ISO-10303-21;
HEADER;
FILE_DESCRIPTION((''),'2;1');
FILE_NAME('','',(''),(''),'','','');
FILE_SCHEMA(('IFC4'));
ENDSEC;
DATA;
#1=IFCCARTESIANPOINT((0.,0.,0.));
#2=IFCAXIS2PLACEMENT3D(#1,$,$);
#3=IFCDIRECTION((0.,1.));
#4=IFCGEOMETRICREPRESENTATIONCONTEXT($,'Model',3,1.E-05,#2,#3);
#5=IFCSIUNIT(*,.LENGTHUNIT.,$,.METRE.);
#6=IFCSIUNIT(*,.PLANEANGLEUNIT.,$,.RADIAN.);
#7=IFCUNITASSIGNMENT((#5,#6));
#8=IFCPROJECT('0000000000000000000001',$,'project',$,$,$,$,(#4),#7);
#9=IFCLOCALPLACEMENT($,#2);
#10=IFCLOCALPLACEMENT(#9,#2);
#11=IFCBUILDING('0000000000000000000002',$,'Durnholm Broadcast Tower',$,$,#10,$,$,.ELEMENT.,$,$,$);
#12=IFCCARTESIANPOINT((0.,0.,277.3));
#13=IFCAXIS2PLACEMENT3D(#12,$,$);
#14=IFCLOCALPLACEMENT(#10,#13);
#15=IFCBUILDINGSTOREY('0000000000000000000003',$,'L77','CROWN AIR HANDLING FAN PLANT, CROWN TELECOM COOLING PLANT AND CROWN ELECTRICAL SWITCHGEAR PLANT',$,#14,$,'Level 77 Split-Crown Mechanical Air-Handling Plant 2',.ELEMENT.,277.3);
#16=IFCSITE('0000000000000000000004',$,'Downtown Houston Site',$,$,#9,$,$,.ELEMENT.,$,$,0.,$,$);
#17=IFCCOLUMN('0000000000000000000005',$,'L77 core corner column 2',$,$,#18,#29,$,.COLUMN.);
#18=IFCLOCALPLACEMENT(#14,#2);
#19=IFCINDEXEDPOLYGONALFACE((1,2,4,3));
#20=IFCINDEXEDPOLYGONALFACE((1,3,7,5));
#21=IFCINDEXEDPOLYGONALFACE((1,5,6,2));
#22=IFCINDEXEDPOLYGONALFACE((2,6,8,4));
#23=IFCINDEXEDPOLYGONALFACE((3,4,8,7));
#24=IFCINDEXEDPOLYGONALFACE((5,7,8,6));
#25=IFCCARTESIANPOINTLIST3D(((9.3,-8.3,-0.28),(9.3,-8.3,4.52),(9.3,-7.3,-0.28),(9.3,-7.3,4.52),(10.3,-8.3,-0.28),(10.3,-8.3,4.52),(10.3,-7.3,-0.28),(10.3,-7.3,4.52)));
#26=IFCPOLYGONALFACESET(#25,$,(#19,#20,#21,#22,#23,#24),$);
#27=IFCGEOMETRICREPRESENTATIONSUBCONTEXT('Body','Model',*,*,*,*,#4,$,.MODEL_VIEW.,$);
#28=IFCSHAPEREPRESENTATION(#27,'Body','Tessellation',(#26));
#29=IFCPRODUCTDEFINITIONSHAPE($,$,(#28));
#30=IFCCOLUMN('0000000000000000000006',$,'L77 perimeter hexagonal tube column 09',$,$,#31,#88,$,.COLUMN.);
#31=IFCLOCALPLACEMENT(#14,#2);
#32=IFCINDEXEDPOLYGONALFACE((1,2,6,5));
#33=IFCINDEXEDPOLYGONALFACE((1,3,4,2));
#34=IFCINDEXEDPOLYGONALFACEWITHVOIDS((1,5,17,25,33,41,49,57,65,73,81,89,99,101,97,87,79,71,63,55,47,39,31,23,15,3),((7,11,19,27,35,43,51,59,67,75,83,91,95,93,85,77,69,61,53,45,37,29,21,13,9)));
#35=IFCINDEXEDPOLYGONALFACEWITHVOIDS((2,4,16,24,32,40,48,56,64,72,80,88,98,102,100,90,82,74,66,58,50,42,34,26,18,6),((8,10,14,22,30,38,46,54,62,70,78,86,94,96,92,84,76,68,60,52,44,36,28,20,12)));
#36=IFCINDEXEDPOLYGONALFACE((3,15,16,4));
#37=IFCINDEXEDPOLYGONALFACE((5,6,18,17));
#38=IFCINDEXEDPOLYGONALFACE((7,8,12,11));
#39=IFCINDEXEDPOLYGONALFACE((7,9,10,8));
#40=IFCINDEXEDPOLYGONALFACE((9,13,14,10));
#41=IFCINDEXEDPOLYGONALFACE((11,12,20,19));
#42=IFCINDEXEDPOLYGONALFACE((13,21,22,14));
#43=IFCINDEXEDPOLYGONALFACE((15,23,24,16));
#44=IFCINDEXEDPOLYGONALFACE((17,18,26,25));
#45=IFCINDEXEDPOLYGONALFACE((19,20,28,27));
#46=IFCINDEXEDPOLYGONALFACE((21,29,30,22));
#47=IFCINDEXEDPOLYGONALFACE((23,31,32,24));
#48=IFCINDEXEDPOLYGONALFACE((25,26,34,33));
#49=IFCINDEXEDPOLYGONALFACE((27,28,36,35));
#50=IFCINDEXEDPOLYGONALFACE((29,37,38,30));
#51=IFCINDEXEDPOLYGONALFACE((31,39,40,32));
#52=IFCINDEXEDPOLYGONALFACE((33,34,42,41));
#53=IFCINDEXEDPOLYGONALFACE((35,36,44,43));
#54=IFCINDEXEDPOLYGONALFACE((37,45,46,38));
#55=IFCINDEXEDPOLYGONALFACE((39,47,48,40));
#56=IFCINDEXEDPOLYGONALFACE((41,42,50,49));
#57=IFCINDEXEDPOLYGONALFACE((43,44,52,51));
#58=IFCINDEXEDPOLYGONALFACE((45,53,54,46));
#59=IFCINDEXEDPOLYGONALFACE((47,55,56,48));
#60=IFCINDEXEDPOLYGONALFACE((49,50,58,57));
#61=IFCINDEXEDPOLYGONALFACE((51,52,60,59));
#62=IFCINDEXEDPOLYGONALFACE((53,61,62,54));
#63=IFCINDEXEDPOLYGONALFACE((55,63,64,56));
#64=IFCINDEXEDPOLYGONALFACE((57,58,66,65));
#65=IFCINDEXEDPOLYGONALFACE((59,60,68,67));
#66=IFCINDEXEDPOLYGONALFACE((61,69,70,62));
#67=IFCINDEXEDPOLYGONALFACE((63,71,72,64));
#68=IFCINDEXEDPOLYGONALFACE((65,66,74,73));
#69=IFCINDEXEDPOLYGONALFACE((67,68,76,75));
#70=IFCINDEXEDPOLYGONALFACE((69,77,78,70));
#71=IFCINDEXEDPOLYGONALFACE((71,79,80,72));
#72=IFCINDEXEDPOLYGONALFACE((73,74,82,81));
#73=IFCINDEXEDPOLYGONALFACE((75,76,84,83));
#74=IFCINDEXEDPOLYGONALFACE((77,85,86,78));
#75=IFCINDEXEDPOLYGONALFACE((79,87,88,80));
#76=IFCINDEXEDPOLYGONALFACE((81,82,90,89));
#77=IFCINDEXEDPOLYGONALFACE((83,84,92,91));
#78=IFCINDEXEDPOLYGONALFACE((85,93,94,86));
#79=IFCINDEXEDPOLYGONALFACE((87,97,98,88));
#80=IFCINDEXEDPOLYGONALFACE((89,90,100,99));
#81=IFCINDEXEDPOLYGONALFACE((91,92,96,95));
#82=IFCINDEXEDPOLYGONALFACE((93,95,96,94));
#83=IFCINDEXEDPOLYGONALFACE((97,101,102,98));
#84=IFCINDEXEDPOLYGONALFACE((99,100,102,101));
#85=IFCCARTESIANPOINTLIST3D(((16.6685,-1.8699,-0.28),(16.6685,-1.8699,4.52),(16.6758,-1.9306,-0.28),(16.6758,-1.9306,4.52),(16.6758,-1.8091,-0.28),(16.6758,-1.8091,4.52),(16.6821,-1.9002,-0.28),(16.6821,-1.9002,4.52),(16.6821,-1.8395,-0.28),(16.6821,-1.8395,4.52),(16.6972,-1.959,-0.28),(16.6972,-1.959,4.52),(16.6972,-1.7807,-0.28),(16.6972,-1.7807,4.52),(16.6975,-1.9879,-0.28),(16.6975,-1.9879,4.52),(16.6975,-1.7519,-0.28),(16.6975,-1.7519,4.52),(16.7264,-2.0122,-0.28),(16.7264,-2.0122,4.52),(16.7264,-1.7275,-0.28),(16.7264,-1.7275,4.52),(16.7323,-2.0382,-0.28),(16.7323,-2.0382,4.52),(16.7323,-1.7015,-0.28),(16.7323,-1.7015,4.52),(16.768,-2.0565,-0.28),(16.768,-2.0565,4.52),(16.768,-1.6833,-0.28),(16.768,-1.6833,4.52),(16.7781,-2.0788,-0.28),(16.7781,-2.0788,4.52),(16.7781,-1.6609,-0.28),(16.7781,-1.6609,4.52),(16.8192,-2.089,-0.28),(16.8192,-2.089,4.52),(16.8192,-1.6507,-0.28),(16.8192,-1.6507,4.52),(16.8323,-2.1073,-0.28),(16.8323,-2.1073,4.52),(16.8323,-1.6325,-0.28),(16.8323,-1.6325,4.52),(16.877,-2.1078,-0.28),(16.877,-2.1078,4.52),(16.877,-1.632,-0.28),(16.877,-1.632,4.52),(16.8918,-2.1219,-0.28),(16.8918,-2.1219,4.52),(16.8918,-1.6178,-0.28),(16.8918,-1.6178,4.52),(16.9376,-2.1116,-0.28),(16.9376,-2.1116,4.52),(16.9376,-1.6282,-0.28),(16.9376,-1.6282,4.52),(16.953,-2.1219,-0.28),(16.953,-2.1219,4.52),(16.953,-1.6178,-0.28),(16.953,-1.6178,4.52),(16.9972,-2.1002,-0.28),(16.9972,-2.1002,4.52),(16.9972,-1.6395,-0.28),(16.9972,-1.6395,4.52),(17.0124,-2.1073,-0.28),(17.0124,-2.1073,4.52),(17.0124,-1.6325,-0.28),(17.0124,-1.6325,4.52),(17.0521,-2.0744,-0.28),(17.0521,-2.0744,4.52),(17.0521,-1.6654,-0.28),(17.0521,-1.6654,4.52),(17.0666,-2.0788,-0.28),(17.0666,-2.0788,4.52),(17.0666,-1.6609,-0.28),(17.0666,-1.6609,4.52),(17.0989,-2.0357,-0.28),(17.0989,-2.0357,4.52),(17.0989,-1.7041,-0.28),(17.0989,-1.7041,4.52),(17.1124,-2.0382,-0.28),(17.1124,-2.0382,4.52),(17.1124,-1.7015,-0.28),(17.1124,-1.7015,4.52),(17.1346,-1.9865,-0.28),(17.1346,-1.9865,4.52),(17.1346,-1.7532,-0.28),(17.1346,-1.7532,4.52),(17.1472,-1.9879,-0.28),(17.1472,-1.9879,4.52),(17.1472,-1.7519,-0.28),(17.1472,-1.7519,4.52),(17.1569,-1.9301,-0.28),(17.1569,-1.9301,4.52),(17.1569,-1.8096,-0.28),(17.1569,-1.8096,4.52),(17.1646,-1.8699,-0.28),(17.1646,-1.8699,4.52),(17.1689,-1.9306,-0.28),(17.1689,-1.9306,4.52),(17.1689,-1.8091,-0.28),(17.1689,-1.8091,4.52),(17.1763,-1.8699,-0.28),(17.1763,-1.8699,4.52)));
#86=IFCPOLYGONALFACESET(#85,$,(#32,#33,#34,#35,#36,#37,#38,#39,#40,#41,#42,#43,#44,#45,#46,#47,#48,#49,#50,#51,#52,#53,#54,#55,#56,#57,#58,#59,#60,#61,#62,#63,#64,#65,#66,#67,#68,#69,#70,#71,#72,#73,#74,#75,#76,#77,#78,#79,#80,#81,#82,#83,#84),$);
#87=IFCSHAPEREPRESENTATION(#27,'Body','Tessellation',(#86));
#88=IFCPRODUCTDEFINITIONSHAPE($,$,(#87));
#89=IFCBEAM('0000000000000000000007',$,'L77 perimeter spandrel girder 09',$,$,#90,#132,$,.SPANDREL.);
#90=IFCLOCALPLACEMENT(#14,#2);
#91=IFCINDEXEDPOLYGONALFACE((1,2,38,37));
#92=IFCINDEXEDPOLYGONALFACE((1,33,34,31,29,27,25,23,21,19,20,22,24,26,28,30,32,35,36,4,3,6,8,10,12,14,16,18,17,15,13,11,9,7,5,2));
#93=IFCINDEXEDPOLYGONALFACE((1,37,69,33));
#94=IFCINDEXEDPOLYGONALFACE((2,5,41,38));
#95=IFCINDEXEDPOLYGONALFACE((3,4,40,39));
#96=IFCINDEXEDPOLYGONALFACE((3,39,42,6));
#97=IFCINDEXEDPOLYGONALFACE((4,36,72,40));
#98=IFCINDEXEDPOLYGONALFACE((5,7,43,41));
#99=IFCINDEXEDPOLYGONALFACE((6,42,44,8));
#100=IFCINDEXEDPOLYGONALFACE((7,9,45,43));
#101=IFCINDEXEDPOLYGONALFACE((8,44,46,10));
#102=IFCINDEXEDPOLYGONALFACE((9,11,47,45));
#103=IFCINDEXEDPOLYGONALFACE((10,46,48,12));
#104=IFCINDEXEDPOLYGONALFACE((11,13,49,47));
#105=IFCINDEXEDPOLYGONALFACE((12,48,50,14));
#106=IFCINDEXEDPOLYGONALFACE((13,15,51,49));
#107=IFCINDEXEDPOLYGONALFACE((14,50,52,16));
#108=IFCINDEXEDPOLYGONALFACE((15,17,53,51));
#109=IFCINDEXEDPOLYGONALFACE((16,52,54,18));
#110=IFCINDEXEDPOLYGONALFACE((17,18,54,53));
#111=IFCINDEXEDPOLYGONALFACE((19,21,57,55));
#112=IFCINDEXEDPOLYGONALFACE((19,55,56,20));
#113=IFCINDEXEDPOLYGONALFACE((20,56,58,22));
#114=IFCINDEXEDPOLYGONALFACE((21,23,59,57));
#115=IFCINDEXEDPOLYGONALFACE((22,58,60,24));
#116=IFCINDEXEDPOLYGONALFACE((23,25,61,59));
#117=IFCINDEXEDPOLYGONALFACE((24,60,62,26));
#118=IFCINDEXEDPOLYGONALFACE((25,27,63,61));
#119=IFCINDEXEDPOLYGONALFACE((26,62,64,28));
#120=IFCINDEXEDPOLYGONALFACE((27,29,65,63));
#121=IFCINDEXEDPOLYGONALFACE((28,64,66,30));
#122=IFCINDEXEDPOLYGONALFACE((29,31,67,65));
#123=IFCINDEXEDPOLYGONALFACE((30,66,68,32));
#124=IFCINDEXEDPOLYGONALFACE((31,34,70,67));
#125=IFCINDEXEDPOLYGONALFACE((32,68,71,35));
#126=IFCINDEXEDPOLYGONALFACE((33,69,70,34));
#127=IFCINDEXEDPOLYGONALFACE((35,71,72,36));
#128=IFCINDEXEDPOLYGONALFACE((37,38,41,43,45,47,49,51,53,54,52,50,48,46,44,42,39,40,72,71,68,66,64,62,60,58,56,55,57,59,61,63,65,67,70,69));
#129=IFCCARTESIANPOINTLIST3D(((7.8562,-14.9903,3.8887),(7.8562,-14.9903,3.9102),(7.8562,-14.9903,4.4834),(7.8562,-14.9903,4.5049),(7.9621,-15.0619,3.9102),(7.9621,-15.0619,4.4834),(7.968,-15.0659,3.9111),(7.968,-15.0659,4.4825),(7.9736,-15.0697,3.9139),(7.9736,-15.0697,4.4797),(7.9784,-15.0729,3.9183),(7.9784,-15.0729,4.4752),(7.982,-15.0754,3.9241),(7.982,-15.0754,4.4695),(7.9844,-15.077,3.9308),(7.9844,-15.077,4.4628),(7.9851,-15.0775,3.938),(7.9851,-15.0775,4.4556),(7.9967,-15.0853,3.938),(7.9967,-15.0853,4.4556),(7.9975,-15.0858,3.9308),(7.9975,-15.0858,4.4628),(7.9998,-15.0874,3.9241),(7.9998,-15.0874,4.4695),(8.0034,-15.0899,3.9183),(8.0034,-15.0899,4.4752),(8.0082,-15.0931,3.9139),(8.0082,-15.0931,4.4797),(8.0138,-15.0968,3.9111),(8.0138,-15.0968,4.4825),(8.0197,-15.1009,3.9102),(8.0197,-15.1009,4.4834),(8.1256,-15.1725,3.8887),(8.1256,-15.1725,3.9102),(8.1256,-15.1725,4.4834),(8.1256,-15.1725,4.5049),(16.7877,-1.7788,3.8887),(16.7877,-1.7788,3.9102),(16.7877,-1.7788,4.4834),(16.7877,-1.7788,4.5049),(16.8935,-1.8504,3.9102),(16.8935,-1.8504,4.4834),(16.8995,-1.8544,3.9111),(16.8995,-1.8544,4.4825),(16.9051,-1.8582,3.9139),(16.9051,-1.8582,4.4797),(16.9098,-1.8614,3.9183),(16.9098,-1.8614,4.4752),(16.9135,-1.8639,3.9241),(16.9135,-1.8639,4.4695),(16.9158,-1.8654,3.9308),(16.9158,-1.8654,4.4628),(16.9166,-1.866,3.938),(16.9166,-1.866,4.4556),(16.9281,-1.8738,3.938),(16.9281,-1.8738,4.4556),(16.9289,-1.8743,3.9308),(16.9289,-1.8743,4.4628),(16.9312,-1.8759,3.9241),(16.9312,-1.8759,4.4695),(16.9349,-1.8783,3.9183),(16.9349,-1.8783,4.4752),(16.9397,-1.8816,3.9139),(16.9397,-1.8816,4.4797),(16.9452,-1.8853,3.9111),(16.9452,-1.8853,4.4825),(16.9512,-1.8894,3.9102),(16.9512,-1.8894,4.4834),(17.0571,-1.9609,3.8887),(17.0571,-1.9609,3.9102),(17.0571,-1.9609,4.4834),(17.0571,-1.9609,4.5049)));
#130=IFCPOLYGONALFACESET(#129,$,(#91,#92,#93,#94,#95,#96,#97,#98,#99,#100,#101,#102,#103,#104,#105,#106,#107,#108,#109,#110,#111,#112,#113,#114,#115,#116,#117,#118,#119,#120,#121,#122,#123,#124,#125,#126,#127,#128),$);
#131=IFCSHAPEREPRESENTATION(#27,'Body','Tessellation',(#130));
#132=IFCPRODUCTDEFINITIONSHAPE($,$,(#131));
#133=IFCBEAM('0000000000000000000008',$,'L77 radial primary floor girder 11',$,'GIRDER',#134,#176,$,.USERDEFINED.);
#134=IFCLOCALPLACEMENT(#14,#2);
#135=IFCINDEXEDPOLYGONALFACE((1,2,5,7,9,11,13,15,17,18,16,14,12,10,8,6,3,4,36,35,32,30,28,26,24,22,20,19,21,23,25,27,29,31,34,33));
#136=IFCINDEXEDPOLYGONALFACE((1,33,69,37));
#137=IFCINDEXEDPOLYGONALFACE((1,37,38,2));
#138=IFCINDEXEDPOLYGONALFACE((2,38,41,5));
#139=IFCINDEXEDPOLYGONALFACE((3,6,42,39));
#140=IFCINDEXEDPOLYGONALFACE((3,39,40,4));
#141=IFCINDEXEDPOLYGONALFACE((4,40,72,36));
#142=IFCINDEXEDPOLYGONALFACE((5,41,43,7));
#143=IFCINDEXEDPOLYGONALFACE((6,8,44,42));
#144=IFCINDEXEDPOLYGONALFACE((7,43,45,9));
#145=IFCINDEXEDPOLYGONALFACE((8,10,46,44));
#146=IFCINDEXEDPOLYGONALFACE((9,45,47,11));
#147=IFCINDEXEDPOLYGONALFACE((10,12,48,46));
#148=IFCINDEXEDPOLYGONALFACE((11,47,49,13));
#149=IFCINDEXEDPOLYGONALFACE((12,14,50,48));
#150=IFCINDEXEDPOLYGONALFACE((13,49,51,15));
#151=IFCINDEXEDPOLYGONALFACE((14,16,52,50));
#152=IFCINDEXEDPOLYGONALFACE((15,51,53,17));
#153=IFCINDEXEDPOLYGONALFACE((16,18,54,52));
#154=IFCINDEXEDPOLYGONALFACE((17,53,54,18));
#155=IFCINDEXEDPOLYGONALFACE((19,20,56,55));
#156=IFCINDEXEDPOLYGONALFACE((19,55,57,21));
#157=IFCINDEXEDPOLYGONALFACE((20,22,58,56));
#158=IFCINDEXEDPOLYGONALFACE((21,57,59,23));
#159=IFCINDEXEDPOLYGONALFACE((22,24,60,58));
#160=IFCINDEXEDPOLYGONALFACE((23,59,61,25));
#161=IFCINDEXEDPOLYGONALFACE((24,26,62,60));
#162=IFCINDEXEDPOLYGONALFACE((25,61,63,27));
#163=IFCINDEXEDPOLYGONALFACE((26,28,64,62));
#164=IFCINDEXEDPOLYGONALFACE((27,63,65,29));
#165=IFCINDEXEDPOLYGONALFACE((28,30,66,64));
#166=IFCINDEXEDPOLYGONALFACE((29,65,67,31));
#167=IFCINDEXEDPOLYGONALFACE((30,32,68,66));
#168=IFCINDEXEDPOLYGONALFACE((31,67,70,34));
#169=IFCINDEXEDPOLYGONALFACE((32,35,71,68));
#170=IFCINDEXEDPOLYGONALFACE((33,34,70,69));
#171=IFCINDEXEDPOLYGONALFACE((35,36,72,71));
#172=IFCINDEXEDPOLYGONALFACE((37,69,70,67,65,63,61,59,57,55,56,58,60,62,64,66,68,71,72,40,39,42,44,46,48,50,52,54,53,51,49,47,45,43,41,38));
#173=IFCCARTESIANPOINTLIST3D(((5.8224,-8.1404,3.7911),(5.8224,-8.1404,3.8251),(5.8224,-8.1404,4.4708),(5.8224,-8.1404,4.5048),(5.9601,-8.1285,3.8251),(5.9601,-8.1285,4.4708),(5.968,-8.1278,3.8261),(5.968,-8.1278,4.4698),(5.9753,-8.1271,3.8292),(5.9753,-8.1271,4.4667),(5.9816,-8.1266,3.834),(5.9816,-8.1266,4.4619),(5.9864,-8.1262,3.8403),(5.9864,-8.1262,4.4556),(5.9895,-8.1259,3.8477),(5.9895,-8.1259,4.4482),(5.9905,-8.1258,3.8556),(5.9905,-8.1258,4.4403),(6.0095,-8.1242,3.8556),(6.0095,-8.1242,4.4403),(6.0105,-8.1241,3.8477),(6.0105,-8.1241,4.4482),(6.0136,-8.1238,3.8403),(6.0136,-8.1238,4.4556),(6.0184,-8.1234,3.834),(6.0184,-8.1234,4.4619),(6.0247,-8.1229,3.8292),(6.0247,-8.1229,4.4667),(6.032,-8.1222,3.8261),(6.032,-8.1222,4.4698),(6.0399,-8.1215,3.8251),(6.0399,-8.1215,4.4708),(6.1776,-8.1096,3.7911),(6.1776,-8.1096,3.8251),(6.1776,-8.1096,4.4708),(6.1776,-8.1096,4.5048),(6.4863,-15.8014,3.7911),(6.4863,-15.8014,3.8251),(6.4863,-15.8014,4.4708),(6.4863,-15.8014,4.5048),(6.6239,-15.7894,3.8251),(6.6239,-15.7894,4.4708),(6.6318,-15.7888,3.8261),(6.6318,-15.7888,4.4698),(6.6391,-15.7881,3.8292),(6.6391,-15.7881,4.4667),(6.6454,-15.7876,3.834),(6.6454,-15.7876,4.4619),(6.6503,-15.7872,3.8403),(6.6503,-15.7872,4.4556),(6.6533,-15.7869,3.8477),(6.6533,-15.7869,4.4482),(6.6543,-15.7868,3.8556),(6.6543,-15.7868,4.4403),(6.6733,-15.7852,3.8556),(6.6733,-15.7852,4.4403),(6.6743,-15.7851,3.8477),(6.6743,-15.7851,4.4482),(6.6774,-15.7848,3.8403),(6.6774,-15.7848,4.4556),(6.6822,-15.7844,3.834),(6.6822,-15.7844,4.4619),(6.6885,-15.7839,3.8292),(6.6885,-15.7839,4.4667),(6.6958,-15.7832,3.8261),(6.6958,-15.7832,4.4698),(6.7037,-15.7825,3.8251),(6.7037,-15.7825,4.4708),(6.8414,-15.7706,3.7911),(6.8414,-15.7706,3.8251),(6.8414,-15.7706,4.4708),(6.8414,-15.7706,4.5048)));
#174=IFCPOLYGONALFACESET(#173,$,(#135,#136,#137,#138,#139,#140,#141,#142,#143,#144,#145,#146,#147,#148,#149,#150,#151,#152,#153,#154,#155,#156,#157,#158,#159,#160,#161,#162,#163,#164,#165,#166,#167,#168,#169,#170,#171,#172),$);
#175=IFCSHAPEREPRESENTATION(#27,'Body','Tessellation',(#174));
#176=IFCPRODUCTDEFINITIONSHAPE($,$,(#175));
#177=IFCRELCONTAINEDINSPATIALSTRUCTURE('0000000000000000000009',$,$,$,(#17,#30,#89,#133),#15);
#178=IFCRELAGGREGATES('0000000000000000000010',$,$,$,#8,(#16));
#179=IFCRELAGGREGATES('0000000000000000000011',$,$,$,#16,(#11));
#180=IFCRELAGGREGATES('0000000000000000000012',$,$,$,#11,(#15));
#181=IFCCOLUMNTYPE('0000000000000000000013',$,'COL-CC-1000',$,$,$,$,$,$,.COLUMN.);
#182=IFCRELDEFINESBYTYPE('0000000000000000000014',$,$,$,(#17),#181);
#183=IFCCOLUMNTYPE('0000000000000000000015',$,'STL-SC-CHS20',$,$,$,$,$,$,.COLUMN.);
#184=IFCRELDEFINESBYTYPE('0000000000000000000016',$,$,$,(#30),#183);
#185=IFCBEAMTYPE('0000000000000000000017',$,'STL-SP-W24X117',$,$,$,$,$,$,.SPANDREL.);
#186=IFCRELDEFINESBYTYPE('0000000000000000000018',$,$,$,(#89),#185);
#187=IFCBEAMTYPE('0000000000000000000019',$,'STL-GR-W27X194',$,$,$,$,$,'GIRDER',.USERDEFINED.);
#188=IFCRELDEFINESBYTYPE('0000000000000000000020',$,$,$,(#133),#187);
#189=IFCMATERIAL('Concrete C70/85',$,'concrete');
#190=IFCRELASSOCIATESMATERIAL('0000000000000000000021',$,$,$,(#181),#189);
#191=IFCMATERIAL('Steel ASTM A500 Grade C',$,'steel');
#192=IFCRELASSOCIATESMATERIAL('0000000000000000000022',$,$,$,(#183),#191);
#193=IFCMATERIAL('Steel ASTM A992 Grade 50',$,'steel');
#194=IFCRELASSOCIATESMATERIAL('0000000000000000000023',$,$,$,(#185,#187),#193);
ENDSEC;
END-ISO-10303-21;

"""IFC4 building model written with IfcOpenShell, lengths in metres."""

from ifc_helpers import new_model, si_unit, direction, frame, origin, origin_2d, place, context, subcontext, project, spatial, rectangle, hollow_circle, i_section, extrude, source, transform, mapped, material, material_profile, profile_set, type_object, type_shapes, element, save


model = new_model("IFC4")

# Units and contexts
model_context = context("Model", 3, precision=1e-05, world=origin(), true_north=direction((0.0, 1.0)))
body_context = subcontext(model_context, "Body", "Model", "MODEL_VIEW")
ifc_project = project(units=[si_unit("LENGTHUNIT", "METRE"), si_unit("PLANEANGLEUNIT", "RADIAN")], contexts=[model_context])

# Site, building, storey
site_placement = place(None, origin())
site = spatial("IfcSite", under=ifc_project, at=site_placement, Name="Downtown Houston Site", CompositionType="ELEMENT", RefElevation=0.0)
building_placement = place(site_placement, origin())
building = spatial("IfcBuilding", under=site, at=building_placement, Name="Durnholm Broadcast Tower", CompositionType="ELEMENT")
storey_placement = place(building_placement, frame((0.0, 0.0, 277.3)))
storey = spatial("IfcBuildingStorey", under=building, at=storey_placement, Name="L77", Description="CROWN AIR HANDLING FAN PLANT, CROWN TELECOM COOLING PLANT AND CROWN ELECTRICAL SWITCHGEAR PLANT", LongName="Level 77 Split-Crown Mechanical Air-Handling Plant 2", CompositionType="ELEMENT", Elevation=277.3)

# Columns
ifc_material_1 = material(Name="Concrete C70/85", Category="concrete")
ifc_material_profile_1 = material_profile(ifc_material_1, rectangle(XDim=1.0, YDim=1.0, at=origin_2d()), Name="RC1000X1000")
ifc_profile_set_1 = profile_set([ifc_material_profile_1], Name="Concrete C70/85")
column_type_1 = type_object("IfcColumnType", Name="COL-CC-1000", PredefinedType="COLUMN", material=ifc_profile_set_1)
shared_shape_1 = source(origin(), body_context, "Body", "SweptSolid", [
    extrude(rectangle(XDim=1.0, YDim=1.0, at=origin_2d()), origin(), (0.0, 0.0, 1.0), 4.8),
])
type_shapes(column_type_1, [shared_shape_1])
column_1_placement = place(storey_placement, frame((9.8, -7.8, -0.28), z_axis=(0.0, 0.0, 1.0), x_axis=(1.0, 0.0, 0.0)))
element("IfcColumn", 1, at=column_1_placement, inside=storey, type_object=column_type_1, Name="L77 core corner column 2", PredefinedType="COLUMN", context=body_context, shape_type="MappedRepresentation", body=[
    mapped(shared_shape_1, transform((0.0, 0.0, 0.0), x_axis=(1.0, 0.0, 0.0), y_axis=(0.0, 1.0, 0.0), z_axis=(0.0, 0.0, 1.0), scale=1.0)),
])
ifc_material_2 = material(Name="Steel ASTM A500 Grade C", Category="steel")
ifc_material_profile_2 = material_profile(ifc_material_2, hollow_circle(Radius=0.2539, WallThickness=0.0117, at=origin_2d()), Name="HSS20.000X0.500")
ifc_profile_set_2 = profile_set([ifc_material_profile_2], Name="Steel ASTM A500 Grade C")
column_type_2 = type_object("IfcColumnType", Name="STL-SC-CHS20", PredefinedType="COLUMN", material=ifc_profile_set_2)
shared_shape_2 = source(origin(), body_context, "Body", "SweptSolid", [
    extrude(hollow_circle(Radius=0.2539, WallThickness=0.0117, at=origin_2d()), origin(), (0.0, 0.0, 1.0), 4.8),
])
type_shapes(column_type_2, [shared_shape_2])
column_2_placement = place(storey_placement, frame((16.9224, -1.8699, -0.28), z_axis=(0.0, 0.0, 1.0), x_axis=(1.0, 0.0, 0.0)))
element("IfcColumn", 2, at=column_2_placement, inside=storey, type_object=column_type_2, Name="L77 perimeter hexagonal tube column 09", PredefinedType="COLUMN", context=body_context, shape_type="MappedRepresentation", body=[
    mapped(shared_shape_2, transform((0.0, 0.0, 0.0), x_axis=(1.0, 0.0, 0.0), y_axis=(0.0, 1.0, 0.0), z_axis=(0.0, 0.0, 1.0), scale=1.0)),
])

# Beams
ifc_material_3 = material(Name="Steel ASTM A992 Grade 50", Category="steel")
ifc_material_profile_3 = material_profile(ifc_material_3, i_section(OverallWidth=0.3252, OverallDepth=0.6162, WebThickness=0.0139, FlangeThickness=0.0215, FilletRadius=0.0278, at=origin_2d()), Name="W24X117")
ifc_profile_set_3 = profile_set([ifc_material_profile_3], Name="Steel ASTM A992 Grade 50")
beam_type_1 = type_object("IfcBeamType", Name="STL-SP-W24X117", PredefinedType="SPANDREL", material=ifc_profile_set_3)
shared_shape_3 = source(origin(), body_context, "Body", "SweptSolid", [
    extrude(i_section(OverallWidth=0.3252, OverallDepth=0.6162, WebThickness=0.0139, FlangeThickness=0.0215, FilletRadius=0.0278, at=origin_2d()), origin(), (0.0, 0.0, 1.0), 15.9473),
])
type_shapes(beam_type_1, [shared_shape_3])
beam_1_placement = place(storey_placement, frame((16.9224, -1.8699, 4.1968), z_axis=(-0.560062, -0.828451, 0.0), x_axis=(0.828451, -0.560062, 0.0)))
element("IfcBeam", 3, at=beam_1_placement, inside=storey, type_object=beam_type_1, Name="L77 perimeter spandrel girder 09", PredefinedType="SPANDREL", context=body_context, shape_type="MappedRepresentation", body=[
    mapped(shared_shape_3, transform((0.0, 0.0, 0.0), x_axis=(1.0, 0.0, 0.0), y_axis=(0.0, 1.0, 0.0), z_axis=(0.0, 0.0, 1.0), scale=1.0)),
])
ifc_material_profile_4 = material_profile(ifc_material_3, i_section(OverallWidth=0.3564, OverallDepth=0.7136, WebThickness=0.019, FlangeThickness=0.0339, FilletRadius=0.0305, at=origin_2d()), Name="W27X194")
ifc_profile_set_4 = profile_set([ifc_material_profile_4], Name="Steel ASTM A992 Grade 50")
beam_type_2 = type_object("IfcBeamType", Name="STL-GR-W27X194", ElementType="GIRDER", PredefinedType="USERDEFINED", material=ifc_profile_set_4)
shared_shape_4 = source(origin(), body_context, "Body", "SweptSolid", [
    extrude(i_section(OverallWidth=0.3564, OverallDepth=0.7136, WebThickness=0.019, FlangeThickness=0.0339, FilletRadius=0.0305, at=origin_2d()), origin(), (0.0, 0.0, 1.0), 7.6897),
])
type_shapes(beam_type_2, [shared_shape_4])
beam_2_placement = place(storey_placement, frame((6.0, -8.125, 4.1479), z_axis=(0.086327, -0.996267, 0.0), x_axis=(0.996267, 0.086327, 0.0)))
element("IfcBeam", 4, at=beam_2_placement, inside=storey, type_object=beam_type_2, Name="L77 radial primary floor girder 11", ObjectType="GIRDER", PredefinedType="USERDEFINED", context=body_context, shape_type="MappedRepresentation", body=[
    mapped(shared_shape_4, transform((0.0, 0.0, 0.0), x_axis=(1.0, 0.0, 0.0), y_axis=(0.0, 1.0, 0.0), z_axis=(0.0, 0.0, 1.0), scale=1.0)),
])

save(model, "model.ifc")
